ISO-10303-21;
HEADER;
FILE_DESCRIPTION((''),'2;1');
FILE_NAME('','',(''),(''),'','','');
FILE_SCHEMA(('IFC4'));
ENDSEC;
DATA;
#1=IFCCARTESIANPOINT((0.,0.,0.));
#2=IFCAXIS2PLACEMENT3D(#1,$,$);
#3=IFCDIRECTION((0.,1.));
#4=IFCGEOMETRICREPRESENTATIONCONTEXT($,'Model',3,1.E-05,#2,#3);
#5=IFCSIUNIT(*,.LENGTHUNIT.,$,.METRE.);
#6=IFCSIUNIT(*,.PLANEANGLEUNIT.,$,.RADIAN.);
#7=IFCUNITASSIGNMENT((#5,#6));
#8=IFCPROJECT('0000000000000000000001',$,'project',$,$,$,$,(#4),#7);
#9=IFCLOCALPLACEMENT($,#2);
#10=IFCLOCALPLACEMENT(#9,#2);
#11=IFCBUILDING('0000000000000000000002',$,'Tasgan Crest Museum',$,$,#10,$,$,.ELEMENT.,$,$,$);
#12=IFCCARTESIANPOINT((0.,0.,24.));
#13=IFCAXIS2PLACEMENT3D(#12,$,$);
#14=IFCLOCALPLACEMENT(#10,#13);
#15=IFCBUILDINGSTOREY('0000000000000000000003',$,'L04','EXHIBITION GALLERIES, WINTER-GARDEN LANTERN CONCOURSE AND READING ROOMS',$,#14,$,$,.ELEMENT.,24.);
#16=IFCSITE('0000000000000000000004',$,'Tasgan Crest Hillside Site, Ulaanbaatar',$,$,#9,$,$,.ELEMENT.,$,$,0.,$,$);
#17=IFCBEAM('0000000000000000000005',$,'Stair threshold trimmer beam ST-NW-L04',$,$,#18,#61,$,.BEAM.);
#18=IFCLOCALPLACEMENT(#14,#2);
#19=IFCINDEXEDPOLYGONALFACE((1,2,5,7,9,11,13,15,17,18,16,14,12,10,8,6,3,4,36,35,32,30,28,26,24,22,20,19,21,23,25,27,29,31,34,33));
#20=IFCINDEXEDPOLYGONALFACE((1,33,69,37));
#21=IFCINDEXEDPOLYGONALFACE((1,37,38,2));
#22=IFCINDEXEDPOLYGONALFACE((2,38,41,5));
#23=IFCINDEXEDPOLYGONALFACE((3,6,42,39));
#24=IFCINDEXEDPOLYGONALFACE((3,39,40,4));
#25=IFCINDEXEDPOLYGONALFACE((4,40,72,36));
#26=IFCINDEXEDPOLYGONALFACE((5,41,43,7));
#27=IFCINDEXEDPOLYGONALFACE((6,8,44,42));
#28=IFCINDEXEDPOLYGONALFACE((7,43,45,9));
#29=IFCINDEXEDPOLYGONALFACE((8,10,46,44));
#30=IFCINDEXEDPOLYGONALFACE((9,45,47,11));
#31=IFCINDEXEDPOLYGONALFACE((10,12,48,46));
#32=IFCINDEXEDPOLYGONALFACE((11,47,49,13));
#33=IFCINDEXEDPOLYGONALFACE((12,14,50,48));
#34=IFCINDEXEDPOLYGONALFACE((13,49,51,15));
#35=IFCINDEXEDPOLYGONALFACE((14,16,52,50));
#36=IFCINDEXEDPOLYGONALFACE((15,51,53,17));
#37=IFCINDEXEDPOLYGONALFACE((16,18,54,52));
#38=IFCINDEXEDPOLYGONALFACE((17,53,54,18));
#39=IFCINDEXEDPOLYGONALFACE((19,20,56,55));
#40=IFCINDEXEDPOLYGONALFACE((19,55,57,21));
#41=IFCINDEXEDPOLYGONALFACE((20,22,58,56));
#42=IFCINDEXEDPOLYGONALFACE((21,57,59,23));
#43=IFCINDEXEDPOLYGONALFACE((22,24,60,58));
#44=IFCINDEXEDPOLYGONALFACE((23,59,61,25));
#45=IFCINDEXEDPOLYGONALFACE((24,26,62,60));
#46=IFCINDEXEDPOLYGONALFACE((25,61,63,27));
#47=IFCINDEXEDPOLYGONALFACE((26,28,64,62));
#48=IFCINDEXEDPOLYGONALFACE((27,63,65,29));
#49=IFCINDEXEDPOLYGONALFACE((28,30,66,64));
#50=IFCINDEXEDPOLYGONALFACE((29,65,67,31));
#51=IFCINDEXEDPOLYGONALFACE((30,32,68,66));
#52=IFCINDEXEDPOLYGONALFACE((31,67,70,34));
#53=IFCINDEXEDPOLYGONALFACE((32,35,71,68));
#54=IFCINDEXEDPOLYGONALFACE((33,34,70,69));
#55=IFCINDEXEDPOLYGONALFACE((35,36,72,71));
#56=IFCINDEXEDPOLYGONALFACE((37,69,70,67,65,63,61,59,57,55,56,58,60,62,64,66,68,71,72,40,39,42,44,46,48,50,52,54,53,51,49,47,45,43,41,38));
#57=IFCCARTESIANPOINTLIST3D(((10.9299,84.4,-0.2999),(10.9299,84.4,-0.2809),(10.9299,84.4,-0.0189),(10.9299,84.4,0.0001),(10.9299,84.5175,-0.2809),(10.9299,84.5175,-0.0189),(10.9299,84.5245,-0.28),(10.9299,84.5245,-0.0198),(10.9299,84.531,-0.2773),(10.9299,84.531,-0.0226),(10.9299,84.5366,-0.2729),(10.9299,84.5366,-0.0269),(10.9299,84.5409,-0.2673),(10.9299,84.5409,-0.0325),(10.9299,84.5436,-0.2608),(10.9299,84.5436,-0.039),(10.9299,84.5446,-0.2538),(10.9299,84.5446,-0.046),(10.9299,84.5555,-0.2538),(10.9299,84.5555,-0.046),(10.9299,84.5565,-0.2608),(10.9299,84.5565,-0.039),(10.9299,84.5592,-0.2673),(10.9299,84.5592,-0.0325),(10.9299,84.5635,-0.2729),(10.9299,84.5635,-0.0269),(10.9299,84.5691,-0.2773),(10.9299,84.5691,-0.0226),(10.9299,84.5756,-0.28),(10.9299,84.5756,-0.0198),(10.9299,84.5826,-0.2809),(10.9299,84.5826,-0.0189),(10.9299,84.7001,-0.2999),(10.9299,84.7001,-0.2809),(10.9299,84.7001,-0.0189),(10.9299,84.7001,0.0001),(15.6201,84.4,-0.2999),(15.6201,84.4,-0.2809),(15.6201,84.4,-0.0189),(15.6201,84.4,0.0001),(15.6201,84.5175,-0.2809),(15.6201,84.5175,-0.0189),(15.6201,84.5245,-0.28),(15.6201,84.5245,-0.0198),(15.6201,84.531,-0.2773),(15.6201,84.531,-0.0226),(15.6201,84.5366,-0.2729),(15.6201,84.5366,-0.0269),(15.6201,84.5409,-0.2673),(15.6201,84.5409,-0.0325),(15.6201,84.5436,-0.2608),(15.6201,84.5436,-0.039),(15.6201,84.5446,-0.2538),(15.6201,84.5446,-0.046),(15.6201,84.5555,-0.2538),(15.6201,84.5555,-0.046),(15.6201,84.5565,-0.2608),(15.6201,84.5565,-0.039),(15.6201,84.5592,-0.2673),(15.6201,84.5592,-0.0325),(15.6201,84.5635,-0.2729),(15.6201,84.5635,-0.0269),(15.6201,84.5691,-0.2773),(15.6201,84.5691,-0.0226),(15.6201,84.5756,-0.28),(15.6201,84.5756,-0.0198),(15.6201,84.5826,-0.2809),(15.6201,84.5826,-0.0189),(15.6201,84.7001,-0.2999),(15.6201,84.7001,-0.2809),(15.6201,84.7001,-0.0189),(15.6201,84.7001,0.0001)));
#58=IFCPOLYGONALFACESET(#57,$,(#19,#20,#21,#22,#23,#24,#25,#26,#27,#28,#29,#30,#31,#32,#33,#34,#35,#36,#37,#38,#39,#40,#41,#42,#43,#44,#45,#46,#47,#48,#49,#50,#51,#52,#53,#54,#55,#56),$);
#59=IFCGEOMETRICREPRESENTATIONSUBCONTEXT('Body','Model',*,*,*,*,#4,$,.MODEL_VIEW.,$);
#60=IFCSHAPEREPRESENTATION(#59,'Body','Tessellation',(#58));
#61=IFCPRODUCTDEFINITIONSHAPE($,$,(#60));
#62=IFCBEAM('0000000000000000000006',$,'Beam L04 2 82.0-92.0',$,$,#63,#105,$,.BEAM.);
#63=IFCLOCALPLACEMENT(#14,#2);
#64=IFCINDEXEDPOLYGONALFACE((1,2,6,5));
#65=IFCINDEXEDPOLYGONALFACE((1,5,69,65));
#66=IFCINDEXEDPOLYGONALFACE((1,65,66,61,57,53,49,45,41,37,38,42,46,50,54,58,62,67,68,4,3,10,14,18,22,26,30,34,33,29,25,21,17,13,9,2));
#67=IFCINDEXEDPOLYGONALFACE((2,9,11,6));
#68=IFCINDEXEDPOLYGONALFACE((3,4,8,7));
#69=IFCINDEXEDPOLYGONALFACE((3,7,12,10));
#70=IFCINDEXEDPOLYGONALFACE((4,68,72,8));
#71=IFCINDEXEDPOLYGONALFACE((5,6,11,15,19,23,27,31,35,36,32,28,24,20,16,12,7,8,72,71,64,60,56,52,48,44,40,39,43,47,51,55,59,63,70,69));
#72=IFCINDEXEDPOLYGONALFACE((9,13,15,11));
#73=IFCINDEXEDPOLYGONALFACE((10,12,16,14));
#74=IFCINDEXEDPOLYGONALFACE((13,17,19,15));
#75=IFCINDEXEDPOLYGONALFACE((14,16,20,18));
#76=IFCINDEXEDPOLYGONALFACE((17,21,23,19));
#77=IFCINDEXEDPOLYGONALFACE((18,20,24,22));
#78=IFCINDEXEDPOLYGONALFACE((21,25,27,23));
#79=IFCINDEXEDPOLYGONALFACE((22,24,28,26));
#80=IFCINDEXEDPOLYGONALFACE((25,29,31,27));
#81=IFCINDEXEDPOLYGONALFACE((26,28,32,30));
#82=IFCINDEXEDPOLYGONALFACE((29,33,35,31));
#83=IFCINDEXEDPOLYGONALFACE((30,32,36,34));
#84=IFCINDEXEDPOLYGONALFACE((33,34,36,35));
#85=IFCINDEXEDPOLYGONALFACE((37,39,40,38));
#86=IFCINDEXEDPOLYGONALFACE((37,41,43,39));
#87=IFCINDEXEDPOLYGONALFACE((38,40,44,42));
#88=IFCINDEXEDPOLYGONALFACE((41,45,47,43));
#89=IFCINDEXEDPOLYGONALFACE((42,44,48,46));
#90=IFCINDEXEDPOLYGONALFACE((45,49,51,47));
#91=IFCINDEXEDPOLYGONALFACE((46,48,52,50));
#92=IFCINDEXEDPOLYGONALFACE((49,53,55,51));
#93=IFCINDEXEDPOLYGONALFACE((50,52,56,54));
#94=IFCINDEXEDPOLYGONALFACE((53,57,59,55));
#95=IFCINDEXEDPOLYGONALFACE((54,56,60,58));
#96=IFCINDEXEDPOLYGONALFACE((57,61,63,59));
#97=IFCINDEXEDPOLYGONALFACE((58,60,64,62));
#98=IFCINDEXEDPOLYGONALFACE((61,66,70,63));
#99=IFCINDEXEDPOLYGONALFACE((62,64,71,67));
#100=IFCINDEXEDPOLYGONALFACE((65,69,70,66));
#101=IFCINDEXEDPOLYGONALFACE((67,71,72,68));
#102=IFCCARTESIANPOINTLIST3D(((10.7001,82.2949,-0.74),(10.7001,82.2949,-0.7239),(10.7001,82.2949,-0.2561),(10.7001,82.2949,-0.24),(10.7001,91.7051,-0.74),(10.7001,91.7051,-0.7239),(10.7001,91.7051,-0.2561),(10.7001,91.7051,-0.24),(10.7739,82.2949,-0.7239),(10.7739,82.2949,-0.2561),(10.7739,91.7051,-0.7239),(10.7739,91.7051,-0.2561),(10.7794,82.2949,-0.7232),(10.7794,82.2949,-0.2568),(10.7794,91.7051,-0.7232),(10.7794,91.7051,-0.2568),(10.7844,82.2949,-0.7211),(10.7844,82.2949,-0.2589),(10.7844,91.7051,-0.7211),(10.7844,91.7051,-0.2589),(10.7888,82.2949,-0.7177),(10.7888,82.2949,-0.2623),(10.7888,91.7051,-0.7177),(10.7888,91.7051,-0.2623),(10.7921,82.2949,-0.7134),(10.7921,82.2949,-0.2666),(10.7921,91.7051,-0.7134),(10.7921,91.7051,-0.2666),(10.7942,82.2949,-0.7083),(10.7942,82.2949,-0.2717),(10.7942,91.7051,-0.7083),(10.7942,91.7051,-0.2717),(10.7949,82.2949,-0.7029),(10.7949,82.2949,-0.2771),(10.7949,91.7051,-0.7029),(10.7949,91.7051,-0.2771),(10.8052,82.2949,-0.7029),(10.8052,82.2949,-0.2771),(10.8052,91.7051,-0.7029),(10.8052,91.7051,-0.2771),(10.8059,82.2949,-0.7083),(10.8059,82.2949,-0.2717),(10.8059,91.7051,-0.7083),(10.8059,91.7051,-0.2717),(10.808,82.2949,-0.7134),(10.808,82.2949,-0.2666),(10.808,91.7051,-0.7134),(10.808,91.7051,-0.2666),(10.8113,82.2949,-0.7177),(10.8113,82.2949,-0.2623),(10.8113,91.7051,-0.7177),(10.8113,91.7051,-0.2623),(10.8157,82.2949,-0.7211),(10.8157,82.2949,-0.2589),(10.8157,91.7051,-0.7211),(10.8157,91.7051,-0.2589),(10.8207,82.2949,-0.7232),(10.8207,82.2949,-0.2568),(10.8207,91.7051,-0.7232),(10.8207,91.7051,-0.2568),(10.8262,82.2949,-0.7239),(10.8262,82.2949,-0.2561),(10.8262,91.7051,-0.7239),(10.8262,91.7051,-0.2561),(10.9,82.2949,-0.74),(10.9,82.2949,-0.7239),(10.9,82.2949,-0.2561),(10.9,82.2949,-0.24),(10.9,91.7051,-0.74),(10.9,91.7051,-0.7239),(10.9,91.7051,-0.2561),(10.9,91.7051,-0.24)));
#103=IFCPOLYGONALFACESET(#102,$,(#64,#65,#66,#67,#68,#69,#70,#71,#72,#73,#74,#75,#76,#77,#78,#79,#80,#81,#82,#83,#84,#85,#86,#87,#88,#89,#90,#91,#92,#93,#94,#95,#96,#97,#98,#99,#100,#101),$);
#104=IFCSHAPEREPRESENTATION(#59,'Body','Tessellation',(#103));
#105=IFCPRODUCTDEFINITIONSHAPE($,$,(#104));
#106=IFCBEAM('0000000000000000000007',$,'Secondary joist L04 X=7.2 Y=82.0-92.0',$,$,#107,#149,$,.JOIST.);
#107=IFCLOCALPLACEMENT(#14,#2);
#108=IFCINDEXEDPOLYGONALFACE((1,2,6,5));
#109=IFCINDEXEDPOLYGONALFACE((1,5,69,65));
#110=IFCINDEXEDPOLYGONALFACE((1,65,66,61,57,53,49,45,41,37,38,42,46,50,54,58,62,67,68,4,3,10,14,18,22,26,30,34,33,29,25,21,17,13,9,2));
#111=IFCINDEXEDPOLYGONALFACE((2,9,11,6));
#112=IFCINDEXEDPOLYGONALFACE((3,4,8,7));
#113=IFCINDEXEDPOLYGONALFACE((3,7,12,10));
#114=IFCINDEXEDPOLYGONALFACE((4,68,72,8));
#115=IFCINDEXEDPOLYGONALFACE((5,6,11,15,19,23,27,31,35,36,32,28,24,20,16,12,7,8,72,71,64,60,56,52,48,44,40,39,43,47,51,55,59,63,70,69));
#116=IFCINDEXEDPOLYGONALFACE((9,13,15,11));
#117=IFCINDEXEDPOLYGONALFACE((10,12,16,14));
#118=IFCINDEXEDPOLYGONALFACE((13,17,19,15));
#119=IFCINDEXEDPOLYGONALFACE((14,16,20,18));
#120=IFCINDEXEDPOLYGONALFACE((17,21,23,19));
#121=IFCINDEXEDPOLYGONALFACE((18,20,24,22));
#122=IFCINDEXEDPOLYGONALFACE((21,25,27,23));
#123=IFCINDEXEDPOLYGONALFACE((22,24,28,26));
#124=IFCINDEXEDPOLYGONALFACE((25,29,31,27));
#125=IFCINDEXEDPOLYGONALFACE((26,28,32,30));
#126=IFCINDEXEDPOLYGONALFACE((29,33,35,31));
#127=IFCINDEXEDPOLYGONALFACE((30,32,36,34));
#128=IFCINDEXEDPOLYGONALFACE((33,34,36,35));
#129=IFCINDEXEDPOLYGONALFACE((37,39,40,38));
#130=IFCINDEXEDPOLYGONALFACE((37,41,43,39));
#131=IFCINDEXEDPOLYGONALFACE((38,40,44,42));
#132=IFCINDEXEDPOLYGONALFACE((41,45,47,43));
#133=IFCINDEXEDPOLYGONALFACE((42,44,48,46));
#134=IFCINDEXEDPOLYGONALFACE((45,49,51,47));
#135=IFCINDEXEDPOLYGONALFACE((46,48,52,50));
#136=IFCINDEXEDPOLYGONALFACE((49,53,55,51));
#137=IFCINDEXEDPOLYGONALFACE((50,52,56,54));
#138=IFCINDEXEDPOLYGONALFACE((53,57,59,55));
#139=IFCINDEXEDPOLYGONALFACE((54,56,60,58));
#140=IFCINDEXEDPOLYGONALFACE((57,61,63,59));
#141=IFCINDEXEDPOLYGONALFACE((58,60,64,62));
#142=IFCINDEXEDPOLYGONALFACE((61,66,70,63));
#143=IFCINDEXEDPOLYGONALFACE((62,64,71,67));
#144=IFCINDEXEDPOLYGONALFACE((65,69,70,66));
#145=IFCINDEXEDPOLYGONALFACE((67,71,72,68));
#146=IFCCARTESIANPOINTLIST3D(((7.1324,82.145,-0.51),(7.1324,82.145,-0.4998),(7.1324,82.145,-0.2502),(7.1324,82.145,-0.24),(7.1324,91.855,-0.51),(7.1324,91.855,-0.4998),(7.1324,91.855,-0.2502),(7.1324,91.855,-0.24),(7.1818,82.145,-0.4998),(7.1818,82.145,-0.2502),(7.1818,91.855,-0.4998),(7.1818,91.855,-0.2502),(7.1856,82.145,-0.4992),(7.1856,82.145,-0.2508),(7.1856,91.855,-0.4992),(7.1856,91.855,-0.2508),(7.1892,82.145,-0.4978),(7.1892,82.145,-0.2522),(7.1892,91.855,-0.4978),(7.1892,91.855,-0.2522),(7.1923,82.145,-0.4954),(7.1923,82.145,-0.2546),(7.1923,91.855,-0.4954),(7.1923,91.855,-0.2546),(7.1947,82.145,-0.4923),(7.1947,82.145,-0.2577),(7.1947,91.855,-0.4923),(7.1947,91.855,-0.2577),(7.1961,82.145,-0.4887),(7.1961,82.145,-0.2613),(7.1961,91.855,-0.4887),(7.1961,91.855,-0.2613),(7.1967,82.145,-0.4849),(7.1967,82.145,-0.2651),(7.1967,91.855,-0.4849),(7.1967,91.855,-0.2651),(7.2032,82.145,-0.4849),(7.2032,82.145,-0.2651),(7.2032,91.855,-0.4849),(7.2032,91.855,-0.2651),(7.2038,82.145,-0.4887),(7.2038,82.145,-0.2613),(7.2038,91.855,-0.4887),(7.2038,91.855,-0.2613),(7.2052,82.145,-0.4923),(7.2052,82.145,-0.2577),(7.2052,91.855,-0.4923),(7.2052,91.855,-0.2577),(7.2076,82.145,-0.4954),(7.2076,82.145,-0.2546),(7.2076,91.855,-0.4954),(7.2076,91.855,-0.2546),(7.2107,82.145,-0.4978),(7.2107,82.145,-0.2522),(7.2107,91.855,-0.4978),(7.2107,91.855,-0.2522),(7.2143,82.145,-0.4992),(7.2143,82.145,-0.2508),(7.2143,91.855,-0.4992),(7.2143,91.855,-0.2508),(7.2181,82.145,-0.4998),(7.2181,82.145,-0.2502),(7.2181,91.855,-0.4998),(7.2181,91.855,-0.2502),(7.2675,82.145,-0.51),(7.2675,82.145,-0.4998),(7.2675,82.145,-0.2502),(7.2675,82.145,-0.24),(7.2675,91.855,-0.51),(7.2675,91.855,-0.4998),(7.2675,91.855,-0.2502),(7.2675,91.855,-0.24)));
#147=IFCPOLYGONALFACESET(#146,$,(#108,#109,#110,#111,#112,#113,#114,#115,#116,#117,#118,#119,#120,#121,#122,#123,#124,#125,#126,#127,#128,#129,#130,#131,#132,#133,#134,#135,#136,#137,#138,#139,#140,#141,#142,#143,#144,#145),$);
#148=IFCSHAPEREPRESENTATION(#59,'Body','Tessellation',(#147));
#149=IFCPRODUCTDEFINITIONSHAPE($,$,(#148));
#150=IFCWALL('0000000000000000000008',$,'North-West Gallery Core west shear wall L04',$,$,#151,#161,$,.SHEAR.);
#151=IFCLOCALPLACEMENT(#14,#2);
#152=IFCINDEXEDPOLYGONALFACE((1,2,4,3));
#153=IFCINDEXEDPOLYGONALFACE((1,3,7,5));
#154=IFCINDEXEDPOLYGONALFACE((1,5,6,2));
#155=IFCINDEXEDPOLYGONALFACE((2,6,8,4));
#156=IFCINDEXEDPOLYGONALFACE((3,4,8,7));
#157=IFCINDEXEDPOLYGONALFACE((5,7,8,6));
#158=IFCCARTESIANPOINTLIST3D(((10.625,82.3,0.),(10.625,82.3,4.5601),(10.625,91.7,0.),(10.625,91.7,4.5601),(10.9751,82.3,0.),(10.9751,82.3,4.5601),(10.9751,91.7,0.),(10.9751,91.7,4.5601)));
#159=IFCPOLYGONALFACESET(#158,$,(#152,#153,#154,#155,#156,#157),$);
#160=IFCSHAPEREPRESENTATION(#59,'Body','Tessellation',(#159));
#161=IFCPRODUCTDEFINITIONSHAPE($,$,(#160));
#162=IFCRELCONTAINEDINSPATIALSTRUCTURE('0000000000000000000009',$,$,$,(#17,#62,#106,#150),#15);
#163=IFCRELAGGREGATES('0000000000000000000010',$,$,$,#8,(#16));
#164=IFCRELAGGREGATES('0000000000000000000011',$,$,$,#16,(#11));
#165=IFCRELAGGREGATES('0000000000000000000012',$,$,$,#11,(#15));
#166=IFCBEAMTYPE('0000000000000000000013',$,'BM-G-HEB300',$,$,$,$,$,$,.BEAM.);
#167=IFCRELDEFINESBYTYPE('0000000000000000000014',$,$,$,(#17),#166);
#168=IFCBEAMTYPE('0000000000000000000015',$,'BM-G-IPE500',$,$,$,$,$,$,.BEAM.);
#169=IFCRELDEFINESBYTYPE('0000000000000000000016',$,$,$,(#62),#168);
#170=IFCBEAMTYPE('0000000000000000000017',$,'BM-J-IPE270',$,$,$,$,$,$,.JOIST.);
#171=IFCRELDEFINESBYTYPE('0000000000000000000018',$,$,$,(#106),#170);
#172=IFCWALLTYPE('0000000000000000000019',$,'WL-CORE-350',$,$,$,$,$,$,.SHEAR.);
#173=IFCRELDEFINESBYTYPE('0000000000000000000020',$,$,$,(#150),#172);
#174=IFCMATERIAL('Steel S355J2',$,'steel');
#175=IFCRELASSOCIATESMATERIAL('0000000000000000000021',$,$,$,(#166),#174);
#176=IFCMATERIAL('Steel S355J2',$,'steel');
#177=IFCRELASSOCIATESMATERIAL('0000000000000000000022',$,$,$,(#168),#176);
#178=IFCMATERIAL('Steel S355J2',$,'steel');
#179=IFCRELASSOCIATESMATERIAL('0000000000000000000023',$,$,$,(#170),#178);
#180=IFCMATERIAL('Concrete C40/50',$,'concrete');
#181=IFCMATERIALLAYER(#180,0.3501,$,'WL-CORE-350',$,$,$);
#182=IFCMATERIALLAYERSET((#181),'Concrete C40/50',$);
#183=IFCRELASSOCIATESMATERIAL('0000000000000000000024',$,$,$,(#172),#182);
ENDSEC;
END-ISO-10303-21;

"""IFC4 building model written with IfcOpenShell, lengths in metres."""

from ifc_helpers import new_model, si_unit, direction, frame, frame_2d, origin, origin_2d, place, context, subcontext, project, spatial, rectangle, i_section, extrude, material, layer, layer_set, material_profile, profile_set, type_object, element, save


model = new_model("IFC4")

# Units and contexts
model_context = context("Model", 3, precision=1e-05, world=origin(), true_north=direction((0.0, 1.0)))
body_context = subcontext(model_context, "Body", "Model", "MODEL_VIEW")
ifc_project = project(units=[si_unit("LENGTHUNIT", "METRE"), si_unit("PLANEANGLEUNIT", "RADIAN")], contexts=[model_context])

# Site, building, storey
site_placement = place(None, origin())
site = spatial("IfcSite", under=ifc_project, at=site_placement, Name="Tasgan Crest Hillside Site, Ulaanbaatar", CompositionType="ELEMENT", RefElevation=0.0)
building_placement = place(site_placement, origin())
building = spatial("IfcBuilding", under=site, at=building_placement, Name="Tasgan Crest Museum", CompositionType="ELEMENT")
storey_placement = place(building_placement, frame((0.0, 0.0, 24.0)))
storey = spatial("IfcBuildingStorey", under=building, at=storey_placement, Name="L04", Description="EXHIBITION GALLERIES, WINTER-GARDEN LANTERN CONCOURSE AND READING ROOMS", CompositionType="ELEMENT", Elevation=24.0)

# Beams
ifc_material_1 = material(Name="Steel S355J2", Category="steel")
ifc_material_profile_1 = material_profile(ifc_material_1, i_section(OverallWidth=0.3, OverallDepth=0.3, WebThickness=0.011, FlangeThickness=0.019, FilletRadius=0.0271, at=origin_2d()), Name="HEB 300")
ifc_profile_set_1 = profile_set([ifc_material_profile_1], Name="Steel S355J2")
beam_type_1 = type_object("IfcBeamType", Name="BM-G-HEB300", PredefinedType="BEAM", material=ifc_profile_set_1)
beam_1_placement = place(storey_placement, frame((10.9299, 84.55, -0.1499), z_axis=(1.0, 0.0, 0.0), x_axis=(0.0, 1.0, 0.0)))
element("IfcBeam", 1, at=beam_1_placement, inside=storey, type_object=beam_type_1, Name="Stair threshold trimmer beam ST-NW-L04", PredefinedType="BEAM", context=body_context, shape_type="SweptSolid", body=[
    extrude(i_section(OverallWidth=0.3, OverallDepth=0.3, WebThickness=0.011, FlangeThickness=0.019, FilletRadius=0.0271, at=origin_2d()), origin(), (0.0, 0.0, 1.0), 4.6902),
])
ifc_material_2 = material(Name="Steel S355J2", Category="steel")
ifc_material_profile_2 = material_profile(ifc_material_2, i_section(OverallWidth=0.2, OverallDepth=0.5, WebThickness=0.0103, FlangeThickness=0.0161, FilletRadius=0.021, at=origin_2d()), Name="IPE 500")
ifc_profile_set_2 = profile_set([ifc_material_profile_2], Name="Steel S355J2")
beam_type_2 = type_object("IfcBeamType", Name="BM-G-IPE500", PredefinedType="BEAM", material=ifc_profile_set_2)
beam_2_placement = place(storey_placement, frame((10.8, 82.2949, -0.49), z_axis=(0.0, 1.0, 0.0), x_axis=(-1.0, 0.0, 0.0)))
element("IfcBeam", 2, at=beam_2_placement, inside=storey, type_object=beam_type_2, Name="Beam L04 2 82.0-92.0", PredefinedType="BEAM", context=body_context, shape_type="SweptSolid", body=[
    extrude(i_section(OverallWidth=0.2, OverallDepth=0.5, WebThickness=0.0103, FlangeThickness=0.0161, FilletRadius=0.021, at=origin_2d()), origin(), (0.0, 0.0, 1.0), 9.4102),
])
ifc_material_3 = material(Name="Steel S355J2", Category="steel")
ifc_material_profile_3 = material_profile(ifc_material_3, i_section(OverallWidth=0.135, OverallDepth=0.27, WebThickness=0.0066, FlangeThickness=0.0103, FilletRadius=0.0149, at=origin_2d()), Name="IPE 270")
ifc_profile_set_3 = profile_set([ifc_material_profile_3], Name="Steel S355J2")
beam_type_3 = type_object("IfcBeamType", Name="BM-J-IPE270", PredefinedType="JOIST", material=ifc_profile_set_3)
beam_3_placement = place(storey_placement, frame((7.2, 82.145, -0.375), z_axis=(0.0, 1.0, 0.0), x_axis=(-1.0, 0.0, 0.0)))
element("IfcBeam", 3, at=beam_3_placement, inside=storey, type_object=beam_type_3, Name="Secondary joist L04 X=7.2 Y=82.0-92.0", PredefinedType="JOIST", context=body_context, shape_type="SweptSolid", body=[
    extrude(i_section(OverallWidth=0.135, OverallDepth=0.27, WebThickness=0.0066, FlangeThickness=0.0103, FilletRadius=0.0149, at=origin_2d()), origin(), (0.0, 0.0, 1.0), 9.71),
])

# Wall
ifc_material_4 = material(Name="Concrete C40/50", Category="concrete")
ifc_layer_1 = layer(ifc_material_4, 0.3501, Name="WL-CORE-350")
ifc_layer_set_1 = layer_set([ifc_layer_1], Name="Concrete C40/50")
wall_type = type_object("IfcWallType", Name="WL-CORE-350", PredefinedType="SHEAR", material=ifc_layer_set_1)
wall_1_placement = place(storey_placement, frame((10.8, 82.3, 0.0), z_axis=(0.0, 0.0, 1.0), x_axis=(0.0, 1.0, 0.0)))
element("IfcWall", 4, at=wall_1_placement, inside=storey, type_object=wall_type, Name="North-West Gallery Core west shear wall L04", PredefinedType="SHEAR", context=body_context, shape_type="SweptSolid", body=[
    extrude(rectangle(XDim=9.3999, YDim=0.3501, at=frame_2d((4.7, 0.0))), origin(), (0.0, 0.0, 1.0), 4.5601),
])

save(model, "model.ifc")
